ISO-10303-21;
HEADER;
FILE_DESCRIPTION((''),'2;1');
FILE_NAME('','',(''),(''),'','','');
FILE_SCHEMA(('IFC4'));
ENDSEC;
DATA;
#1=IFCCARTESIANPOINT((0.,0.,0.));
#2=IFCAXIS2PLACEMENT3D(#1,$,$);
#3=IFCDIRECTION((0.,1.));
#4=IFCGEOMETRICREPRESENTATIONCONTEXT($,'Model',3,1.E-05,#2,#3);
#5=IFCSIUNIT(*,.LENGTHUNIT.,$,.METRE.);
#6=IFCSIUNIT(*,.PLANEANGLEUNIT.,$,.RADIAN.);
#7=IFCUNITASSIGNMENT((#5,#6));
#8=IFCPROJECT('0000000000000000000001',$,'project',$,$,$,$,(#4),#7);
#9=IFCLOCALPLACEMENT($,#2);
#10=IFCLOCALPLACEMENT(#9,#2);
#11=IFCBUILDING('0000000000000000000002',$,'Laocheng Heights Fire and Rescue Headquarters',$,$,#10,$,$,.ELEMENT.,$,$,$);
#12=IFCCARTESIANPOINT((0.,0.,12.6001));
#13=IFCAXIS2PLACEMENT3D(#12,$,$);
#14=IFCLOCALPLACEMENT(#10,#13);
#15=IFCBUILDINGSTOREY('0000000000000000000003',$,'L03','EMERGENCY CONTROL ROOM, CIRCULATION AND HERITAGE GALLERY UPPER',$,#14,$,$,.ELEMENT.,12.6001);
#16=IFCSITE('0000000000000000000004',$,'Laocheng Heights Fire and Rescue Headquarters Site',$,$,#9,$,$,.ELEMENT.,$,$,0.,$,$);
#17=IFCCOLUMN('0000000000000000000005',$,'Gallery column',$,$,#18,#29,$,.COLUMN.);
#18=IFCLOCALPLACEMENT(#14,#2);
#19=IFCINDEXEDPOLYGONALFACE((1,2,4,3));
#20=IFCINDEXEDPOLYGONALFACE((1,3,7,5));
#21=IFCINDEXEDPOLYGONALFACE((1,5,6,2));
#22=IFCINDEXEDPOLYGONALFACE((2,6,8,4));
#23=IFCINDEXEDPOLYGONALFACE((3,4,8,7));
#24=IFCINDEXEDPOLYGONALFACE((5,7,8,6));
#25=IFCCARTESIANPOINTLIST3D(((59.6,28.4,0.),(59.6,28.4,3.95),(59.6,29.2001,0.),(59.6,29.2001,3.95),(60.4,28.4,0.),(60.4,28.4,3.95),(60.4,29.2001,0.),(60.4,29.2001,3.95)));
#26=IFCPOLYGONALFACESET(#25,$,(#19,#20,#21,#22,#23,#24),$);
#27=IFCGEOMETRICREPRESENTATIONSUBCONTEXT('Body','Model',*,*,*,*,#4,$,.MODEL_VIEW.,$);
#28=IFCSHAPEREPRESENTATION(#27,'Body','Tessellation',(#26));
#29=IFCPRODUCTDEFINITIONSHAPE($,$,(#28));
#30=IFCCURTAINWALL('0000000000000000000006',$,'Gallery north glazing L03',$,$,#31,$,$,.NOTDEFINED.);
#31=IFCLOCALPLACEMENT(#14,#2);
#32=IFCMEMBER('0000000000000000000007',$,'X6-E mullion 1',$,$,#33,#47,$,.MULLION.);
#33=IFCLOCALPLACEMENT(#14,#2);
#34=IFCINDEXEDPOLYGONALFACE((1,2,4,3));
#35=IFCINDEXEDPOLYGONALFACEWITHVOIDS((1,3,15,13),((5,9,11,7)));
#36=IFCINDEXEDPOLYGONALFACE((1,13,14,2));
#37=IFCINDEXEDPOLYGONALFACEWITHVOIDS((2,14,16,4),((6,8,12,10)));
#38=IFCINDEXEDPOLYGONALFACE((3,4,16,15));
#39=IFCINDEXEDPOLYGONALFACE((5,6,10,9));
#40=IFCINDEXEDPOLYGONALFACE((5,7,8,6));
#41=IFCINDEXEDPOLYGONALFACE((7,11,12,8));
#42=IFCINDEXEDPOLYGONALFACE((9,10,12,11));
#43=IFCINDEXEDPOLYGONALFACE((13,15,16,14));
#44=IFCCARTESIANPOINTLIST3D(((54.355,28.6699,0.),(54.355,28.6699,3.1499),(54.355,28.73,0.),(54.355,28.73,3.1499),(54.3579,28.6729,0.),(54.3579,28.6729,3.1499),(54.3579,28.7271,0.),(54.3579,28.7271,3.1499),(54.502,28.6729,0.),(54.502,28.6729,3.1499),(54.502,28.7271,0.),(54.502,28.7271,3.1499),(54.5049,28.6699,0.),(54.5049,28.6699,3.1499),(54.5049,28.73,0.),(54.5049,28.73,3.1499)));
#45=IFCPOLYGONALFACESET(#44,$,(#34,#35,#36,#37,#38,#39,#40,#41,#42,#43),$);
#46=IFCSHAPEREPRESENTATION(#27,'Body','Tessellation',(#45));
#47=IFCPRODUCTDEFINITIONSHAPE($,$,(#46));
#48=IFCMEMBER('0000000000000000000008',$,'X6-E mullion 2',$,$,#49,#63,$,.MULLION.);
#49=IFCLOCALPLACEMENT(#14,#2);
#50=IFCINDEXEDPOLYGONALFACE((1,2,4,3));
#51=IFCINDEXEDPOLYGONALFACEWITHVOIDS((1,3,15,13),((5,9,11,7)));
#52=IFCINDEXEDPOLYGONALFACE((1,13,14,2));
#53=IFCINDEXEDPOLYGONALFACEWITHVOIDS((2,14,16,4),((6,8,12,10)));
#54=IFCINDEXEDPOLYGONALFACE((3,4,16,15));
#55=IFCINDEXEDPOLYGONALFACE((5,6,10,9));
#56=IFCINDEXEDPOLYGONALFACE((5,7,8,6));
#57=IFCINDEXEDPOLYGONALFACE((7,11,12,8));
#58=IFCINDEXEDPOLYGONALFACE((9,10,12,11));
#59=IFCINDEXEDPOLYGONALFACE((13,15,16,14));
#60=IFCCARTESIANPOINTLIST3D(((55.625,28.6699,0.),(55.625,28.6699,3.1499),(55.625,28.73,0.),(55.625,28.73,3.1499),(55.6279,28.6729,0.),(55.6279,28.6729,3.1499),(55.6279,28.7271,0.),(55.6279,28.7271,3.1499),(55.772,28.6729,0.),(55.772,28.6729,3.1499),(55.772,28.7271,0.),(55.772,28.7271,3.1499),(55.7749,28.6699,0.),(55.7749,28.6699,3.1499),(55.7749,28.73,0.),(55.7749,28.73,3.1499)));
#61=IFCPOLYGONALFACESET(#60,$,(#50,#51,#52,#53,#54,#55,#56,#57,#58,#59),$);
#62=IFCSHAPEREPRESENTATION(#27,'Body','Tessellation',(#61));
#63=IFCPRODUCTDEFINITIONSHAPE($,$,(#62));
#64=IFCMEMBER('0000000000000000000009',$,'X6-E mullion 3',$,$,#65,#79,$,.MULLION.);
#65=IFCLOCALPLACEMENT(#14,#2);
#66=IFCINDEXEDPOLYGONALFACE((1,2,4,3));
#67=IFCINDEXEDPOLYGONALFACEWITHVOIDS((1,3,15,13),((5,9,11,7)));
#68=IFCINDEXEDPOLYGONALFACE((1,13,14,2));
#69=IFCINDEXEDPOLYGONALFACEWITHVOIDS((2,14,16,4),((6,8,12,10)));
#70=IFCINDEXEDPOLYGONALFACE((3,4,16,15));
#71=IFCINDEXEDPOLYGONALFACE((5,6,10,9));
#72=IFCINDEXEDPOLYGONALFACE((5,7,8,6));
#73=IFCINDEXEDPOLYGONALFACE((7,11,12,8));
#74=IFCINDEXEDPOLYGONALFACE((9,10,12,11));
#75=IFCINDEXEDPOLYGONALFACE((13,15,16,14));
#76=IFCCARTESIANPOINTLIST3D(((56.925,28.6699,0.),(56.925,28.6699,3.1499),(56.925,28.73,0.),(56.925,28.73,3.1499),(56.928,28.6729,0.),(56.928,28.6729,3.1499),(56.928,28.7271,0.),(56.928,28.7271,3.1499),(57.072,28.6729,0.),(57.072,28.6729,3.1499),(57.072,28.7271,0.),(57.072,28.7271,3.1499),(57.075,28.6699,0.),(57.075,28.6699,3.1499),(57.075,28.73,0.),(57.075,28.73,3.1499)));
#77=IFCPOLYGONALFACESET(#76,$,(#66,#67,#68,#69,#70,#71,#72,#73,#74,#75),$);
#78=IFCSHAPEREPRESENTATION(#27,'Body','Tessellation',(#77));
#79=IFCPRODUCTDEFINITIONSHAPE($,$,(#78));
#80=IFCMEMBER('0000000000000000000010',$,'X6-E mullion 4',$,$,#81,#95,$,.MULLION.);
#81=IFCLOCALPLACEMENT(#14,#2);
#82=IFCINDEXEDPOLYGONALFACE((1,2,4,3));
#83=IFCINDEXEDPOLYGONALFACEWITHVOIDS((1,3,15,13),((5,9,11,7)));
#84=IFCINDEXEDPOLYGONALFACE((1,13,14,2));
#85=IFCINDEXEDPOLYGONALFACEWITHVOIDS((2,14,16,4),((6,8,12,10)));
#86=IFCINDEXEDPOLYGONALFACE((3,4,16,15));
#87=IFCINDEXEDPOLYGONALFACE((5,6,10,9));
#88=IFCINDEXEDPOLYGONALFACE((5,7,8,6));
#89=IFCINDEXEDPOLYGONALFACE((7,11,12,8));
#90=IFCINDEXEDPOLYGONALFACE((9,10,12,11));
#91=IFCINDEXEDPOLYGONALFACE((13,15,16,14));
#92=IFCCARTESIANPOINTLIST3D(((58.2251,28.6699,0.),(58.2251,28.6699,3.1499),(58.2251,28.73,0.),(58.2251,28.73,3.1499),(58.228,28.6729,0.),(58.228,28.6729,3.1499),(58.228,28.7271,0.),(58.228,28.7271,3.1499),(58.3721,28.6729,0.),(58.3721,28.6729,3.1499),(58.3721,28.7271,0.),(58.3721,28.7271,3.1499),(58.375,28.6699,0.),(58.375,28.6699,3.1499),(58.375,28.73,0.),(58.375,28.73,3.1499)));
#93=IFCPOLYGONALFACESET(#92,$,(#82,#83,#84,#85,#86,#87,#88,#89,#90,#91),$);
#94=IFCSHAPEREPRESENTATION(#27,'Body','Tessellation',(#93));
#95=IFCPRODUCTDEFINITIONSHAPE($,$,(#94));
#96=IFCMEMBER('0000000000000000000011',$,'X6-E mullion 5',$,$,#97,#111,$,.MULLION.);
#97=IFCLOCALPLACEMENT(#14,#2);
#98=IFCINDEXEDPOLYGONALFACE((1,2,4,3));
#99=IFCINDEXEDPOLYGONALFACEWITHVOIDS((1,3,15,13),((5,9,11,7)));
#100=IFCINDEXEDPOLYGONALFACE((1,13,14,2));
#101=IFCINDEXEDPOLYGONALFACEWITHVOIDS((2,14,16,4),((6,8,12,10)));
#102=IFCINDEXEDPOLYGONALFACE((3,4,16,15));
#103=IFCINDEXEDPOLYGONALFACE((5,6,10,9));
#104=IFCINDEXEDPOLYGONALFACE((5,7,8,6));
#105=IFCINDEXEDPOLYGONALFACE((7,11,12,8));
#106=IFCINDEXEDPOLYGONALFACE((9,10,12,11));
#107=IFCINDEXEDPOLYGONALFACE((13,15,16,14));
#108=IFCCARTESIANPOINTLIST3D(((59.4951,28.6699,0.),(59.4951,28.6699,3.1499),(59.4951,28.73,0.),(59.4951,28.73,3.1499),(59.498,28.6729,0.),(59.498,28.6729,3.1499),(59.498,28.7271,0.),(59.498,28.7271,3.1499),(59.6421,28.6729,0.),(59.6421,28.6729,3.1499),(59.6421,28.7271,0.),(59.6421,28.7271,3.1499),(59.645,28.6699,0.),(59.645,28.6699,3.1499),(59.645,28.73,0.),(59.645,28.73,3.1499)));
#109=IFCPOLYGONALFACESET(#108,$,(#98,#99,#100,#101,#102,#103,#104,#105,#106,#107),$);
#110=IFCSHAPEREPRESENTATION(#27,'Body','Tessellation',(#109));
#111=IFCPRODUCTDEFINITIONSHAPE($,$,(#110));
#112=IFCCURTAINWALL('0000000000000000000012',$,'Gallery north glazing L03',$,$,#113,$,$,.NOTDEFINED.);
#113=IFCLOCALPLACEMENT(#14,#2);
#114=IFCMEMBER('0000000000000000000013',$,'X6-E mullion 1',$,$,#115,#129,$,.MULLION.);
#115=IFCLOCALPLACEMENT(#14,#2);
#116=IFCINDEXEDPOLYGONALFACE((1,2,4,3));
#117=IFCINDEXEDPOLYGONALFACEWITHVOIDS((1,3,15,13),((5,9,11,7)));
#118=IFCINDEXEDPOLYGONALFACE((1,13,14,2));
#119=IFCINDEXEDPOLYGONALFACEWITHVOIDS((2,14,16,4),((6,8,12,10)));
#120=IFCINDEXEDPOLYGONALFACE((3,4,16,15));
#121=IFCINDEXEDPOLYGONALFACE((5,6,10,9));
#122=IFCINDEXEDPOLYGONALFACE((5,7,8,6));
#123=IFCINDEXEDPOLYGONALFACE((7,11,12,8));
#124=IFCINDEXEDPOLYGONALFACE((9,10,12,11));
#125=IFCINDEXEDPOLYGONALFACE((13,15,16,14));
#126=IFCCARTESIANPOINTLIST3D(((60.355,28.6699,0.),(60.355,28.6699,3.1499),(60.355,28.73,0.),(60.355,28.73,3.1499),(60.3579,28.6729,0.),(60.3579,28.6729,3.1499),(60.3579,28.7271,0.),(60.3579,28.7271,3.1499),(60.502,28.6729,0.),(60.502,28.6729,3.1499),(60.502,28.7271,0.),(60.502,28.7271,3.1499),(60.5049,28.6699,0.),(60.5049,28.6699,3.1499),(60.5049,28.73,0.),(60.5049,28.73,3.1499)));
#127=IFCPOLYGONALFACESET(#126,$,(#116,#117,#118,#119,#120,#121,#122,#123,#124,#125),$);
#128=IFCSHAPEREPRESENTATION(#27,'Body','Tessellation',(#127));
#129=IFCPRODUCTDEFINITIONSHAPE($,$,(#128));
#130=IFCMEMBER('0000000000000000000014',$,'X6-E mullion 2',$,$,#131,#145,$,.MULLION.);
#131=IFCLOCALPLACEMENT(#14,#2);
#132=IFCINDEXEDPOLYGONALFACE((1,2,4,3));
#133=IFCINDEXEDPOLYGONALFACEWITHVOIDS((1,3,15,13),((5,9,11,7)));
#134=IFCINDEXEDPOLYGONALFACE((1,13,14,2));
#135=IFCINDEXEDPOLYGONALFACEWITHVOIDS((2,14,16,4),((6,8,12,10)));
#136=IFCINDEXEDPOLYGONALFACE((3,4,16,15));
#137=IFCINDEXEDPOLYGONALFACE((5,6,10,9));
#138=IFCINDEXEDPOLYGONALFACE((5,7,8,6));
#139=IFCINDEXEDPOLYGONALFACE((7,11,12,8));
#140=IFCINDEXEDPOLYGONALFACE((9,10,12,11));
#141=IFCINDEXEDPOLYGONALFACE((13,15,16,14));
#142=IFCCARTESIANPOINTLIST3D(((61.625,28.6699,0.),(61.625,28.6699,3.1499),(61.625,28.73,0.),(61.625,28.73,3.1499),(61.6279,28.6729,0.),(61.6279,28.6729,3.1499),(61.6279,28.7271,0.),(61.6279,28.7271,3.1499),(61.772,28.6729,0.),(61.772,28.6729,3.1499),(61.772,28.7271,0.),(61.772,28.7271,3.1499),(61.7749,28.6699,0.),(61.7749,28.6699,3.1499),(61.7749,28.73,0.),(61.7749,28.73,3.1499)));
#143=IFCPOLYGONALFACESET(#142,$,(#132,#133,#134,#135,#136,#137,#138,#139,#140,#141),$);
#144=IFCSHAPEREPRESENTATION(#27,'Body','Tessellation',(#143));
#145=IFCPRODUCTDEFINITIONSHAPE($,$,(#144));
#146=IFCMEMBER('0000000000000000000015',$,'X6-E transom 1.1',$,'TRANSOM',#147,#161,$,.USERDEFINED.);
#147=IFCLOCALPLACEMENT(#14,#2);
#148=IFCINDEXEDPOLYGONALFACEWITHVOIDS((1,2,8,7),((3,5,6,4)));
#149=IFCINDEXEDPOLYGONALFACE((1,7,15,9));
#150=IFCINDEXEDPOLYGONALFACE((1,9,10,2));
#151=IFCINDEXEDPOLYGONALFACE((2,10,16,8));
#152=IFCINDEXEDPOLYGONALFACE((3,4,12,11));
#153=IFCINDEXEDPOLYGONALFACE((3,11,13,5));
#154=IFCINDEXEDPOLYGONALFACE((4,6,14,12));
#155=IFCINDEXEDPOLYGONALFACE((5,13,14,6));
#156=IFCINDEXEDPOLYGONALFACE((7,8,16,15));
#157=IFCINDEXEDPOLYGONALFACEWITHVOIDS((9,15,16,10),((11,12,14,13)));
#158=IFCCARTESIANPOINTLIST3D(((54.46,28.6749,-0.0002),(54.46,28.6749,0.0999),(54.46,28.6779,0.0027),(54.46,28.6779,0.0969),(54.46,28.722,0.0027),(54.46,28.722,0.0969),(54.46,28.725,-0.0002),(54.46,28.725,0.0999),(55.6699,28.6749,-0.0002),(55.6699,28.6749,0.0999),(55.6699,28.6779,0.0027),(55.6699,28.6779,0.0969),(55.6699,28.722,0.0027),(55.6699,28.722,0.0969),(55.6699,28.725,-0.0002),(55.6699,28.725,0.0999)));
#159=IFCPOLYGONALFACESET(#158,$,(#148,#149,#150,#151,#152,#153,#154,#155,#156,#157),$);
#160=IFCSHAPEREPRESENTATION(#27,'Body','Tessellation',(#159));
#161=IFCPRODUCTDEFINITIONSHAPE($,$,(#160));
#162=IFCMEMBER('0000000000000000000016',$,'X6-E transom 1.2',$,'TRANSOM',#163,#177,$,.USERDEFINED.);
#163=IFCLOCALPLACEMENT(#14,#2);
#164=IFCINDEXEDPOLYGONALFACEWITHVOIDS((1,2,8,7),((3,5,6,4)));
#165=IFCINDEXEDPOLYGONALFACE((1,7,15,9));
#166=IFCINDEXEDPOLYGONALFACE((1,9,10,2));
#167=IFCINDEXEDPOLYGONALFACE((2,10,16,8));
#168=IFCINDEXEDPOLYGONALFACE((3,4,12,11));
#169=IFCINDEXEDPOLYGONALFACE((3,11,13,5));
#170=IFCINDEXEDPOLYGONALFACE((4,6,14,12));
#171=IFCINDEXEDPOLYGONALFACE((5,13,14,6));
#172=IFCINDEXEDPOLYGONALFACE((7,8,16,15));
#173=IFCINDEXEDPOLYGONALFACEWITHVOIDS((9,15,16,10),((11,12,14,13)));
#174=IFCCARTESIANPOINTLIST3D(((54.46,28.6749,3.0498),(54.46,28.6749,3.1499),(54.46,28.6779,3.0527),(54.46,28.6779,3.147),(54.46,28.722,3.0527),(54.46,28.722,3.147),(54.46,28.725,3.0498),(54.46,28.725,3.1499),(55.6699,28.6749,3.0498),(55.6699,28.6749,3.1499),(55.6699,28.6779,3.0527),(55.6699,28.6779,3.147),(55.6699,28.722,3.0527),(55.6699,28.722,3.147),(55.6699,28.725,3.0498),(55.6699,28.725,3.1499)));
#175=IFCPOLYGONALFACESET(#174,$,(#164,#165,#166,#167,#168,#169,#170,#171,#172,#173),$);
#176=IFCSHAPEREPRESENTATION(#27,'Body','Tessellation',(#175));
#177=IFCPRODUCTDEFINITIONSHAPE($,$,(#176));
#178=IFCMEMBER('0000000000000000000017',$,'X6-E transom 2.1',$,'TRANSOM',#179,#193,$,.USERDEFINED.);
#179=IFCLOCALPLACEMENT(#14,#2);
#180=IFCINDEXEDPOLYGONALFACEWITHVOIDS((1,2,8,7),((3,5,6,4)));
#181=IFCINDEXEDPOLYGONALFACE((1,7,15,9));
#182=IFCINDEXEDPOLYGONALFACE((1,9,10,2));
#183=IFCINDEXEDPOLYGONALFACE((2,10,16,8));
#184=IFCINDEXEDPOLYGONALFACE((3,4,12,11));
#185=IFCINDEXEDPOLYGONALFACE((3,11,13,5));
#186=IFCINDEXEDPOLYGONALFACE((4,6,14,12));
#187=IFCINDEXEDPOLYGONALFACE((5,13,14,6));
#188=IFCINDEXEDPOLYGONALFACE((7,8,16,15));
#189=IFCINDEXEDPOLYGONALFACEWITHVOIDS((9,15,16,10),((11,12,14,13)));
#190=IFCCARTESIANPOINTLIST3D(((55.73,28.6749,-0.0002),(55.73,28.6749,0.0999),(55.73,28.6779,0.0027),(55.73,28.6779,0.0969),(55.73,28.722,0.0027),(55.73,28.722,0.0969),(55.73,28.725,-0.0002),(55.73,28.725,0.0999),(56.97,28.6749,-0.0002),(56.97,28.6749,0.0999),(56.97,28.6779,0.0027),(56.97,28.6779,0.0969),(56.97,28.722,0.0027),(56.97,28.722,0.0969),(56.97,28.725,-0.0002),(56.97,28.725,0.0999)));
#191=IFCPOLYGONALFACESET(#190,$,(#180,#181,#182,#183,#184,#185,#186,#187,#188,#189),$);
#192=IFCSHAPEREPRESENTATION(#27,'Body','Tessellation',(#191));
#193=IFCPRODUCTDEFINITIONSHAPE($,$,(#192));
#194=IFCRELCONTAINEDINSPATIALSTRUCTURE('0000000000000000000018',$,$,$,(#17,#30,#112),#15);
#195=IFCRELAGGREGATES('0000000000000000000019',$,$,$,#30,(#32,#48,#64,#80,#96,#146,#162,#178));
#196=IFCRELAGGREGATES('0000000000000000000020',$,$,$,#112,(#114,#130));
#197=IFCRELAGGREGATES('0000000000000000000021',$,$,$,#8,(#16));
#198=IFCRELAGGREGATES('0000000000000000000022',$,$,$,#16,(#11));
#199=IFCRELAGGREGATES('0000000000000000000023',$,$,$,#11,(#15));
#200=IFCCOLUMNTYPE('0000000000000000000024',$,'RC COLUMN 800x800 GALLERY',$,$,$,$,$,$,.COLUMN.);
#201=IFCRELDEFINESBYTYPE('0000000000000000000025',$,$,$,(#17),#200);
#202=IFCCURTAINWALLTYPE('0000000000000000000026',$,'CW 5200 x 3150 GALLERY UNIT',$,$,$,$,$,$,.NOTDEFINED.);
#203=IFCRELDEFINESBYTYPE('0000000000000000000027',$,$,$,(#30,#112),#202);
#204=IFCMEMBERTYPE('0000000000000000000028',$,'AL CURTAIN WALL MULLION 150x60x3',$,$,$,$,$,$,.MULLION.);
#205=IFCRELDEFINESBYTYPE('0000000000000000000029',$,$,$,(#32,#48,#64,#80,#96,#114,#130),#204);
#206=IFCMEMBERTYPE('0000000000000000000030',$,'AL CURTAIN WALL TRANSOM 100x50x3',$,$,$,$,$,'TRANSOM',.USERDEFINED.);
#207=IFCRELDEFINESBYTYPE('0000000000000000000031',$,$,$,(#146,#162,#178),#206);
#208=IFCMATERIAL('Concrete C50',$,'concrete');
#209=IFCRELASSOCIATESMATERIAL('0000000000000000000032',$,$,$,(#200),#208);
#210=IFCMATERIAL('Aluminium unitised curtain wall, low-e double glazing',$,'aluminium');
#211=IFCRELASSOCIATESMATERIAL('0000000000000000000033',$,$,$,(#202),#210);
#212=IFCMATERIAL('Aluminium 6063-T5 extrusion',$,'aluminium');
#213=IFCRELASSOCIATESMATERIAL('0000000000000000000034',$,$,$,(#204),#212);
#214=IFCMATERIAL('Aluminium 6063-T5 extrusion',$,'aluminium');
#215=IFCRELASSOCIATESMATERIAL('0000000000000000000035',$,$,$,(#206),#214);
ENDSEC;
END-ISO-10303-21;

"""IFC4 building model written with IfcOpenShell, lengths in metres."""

from ifc_helpers import new_model, si_unit, direction, frame, origin, origin_2d, place, context, subcontext, project, spatial, rectangle, hollow_rectangle, extrude, material, material_profile, profile_set, type_object, element, aggregate, save


model = new_model("IFC4")

# Units and contexts
model_context = context("Model", 3, precision=1e-05, world=origin(), true_north=direction((0.0, 1.0)))
body_context = subcontext(model_context, "Body", "Model", "MODEL_VIEW")
ifc_project = project(units=[si_unit("LENGTHUNIT", "METRE"), si_unit("PLANEANGLEUNIT", "RADIAN")], contexts=[model_context])

# Site, building, storey
site_placement = place(None, origin())
site = spatial("IfcSite", under=ifc_project, at=site_placement, Name="Laocheng Heights Fire and Rescue Headquarters Site", CompositionType="ELEMENT", RefElevation=0.0)
building_placement = place(site_placement, origin())
building = spatial("IfcBuilding", under=site, at=building_placement, Name="Laocheng Heights Fire and Rescue Headquarters", CompositionType="ELEMENT")
storey_placement = place(building_placement, frame((0.0, 0.0, 12.6001)))
storey = spatial("IfcBuildingStorey", under=building, at=storey_placement, Name="L03", Description="EMERGENCY CONTROL ROOM, CIRCULATION AND HERITAGE GALLERY UPPER", CompositionType="ELEMENT", Elevation=12.6001)

# Column
ifc_material_1 = material(Name="Concrete C50", Category="concrete")
ifc_material_profile_1 = material_profile(ifc_material_1, rectangle(XDim=0.8, YDim=0.8, at=origin_2d()), Name="RC COLUMN 800x800 GALLERY")
ifc_profile_set_1 = profile_set([ifc_material_profile_1], Name="Concrete C50")
column_type = type_object("IfcColumnType", Name="RC COLUMN 800x800 GALLERY", PredefinedType="COLUMN", material=ifc_profile_set_1)
column_placement = place(storey_placement, frame((60.0, 28.8, 0.0), z_axis=(0.0, 0.0, 1.0), x_axis=(1.0, 0.0, 0.0)))
element("IfcColumn", 1, at=column_placement, inside=storey, type_object=column_type, Name="Gallery column", PredefinedType="COLUMN", context=body_context, shape_type="SweptSolid", body=[
    extrude(rectangle(XDim=0.8, YDim=0.8, at=origin_2d()), origin(), (0.0, 0.0, 1.0), 3.95),
])

# Curtain walls, members
ifc_material_2 = material(Name="Aluminium unitised curtain wall, low-e double glazing", Category="aluminium")
curtain_wall_type = type_object("IfcCurtainWallType", Name="CW 5200 x 3150 GALLERY UNIT", PredefinedType="NOTDEFINED", material=ifc_material_2)
curtain_wall_1_placement = place(storey_placement, origin())
curtain_wall_1 = element("IfcCurtainWall", 2, at=curtain_wall_1_placement, inside=storey, type_object=curtain_wall_type, Name="Gallery north glazing L03", PredefinedType="NOTDEFINED")
ifc_material_3 = material(Name="Aluminium 6063-T5 extrusion", Category="aluminium")
ifc_material_profile_2 = material_profile(ifc_material_3, hollow_rectangle(XDim=0.0601, YDim=0.1499, WallThickness=0.0029, at=origin_2d()), Name="AL MULLION 150x60x3")
ifc_profile_set_2 = profile_set([ifc_material_profile_2], Name="Aluminium 6063-T5 extrusion")
member_type_1 = type_object("IfcMemberType", Name="AL CURTAIN WALL MULLION 150x60x3", PredefinedType="MULLION", material=ifc_profile_set_2)
member_1_placement = place(storey_placement, frame((54.4299, 28.7, 0.0), z_axis=(0.0, 0.0, 1.0), x_axis=(0.0, 1.0, 0.0)))
member_1 = element("IfcMember", 3, at=member_1_placement, type_object=member_type_1, Name="X6-E mullion 1", PredefinedType="MULLION", context=body_context, shape_type="SweptSolid", body=[
    extrude(hollow_rectangle(XDim=0.0601, YDim=0.1499, WallThickness=0.0029, at=origin_2d()), origin(), (0.0, 0.0, 1.0), 3.1499),
])
member_2_placement = place(storey_placement, frame((55.7, 28.7, 0.0), z_axis=(0.0, 0.0, 1.0), x_axis=(0.0, 1.0, 0.0)))
member_2 = element("IfcMember", 4, at=member_2_placement, type_object=member_type_1, Name="X6-E mullion 2", PredefinedType="MULLION", context=body_context, shape_type="SweptSolid", body=[
    extrude(hollow_rectangle(XDim=0.0601, YDim=0.1499, WallThickness=0.0029, at=origin_2d()), origin(), (0.0, 0.0, 1.0), 3.1499),
])
member_3_placement = place(storey_placement, frame((57.0, 28.7, 0.0), z_axis=(0.0, 0.0, 1.0), x_axis=(0.0, 1.0, 0.0)))
member_3 = element("IfcMember", 5, at=member_3_placement, type_object=member_type_1, Name="X6-E mullion 3", PredefinedType="MULLION", context=body_context, shape_type="SweptSolid", body=[
    extrude(hollow_rectangle(XDim=0.0601, YDim=0.1499, WallThickness=0.0029, at=origin_2d()), origin(), (0.0, 0.0, 1.0), 3.1499),
])
member_4_placement = place(storey_placement, frame((58.3, 28.7, 0.0), z_axis=(0.0, 0.0, 1.0), x_axis=(0.0, 1.0, 0.0)))
member_4 = element("IfcMember", 6, at=member_4_placement, type_object=member_type_1, Name="X6-E mullion 4", PredefinedType="MULLION", context=body_context, shape_type="SweptSolid", body=[
    extrude(hollow_rectangle(XDim=0.0601, YDim=0.1499, WallThickness=0.0029, at=origin_2d()), origin(), (0.0, 0.0, 1.0), 3.1499),
])
member_5_placement = place(storey_placement, frame((59.5701, 28.7, 0.0), z_axis=(0.0, 0.0, 1.0), x_axis=(0.0, 1.0, 0.0)))
member_5 = element("IfcMember", 7, at=member_5_placement, type_object=member_type_1, Name="X6-E mullion 5", PredefinedType="MULLION", context=body_context, shape_type="SweptSolid", body=[
    extrude(hollow_rectangle(XDim=0.0601, YDim=0.1499, WallThickness=0.0029, at=origin_2d()), origin(), (0.0, 0.0, 1.0), 3.1499),
])
curtain_wall_2_placement = place(storey_placement, origin())
curtain_wall_2 = element("IfcCurtainWall", 8, at=curtain_wall_2_placement, inside=storey, type_object=curtain_wall_type, Name="Gallery north glazing L03", PredefinedType="NOTDEFINED")
member_6_placement = place(storey_placement, frame((60.4299, 28.7, 0.0), z_axis=(0.0, 0.0, 1.0), x_axis=(0.0, 1.0, 0.0)))
member_6 = element("IfcMember", 9, at=member_6_placement, type_object=member_type_1, Name="X6-E mullion 1", PredefinedType="MULLION", context=body_context, shape_type="SweptSolid", body=[
    extrude(hollow_rectangle(XDim=0.0601, YDim=0.1499, WallThickness=0.0029, at=origin_2d()), origin(), (0.0, 0.0, 1.0), 3.1499),
])
member_7_placement = place(storey_placement, frame((61.7, 28.7, 0.0), z_axis=(0.0, 0.0, 1.0), x_axis=(0.0, 1.0, 0.0)))
member_7 = element("IfcMember", 10, at=member_7_placement, type_object=member_type_1, Name="X6-E mullion 2", PredefinedType="MULLION", context=body_context, shape_type="SweptSolid", body=[
    extrude(hollow_rectangle(XDim=0.0601, YDim=0.1499, WallThickness=0.0029, at=origin_2d()), origin(), (0.0, 0.0, 1.0), 3.1499),
])

# Members
ifc_material_4 = material(Name="Aluminium 6063-T5 extrusion", Category="aluminium")
ifc_material_profile_3 = material_profile(ifc_material_4, hollow_rectangle(XDim=0.05, YDim=0.1001, WallThickness=0.0029, at=origin_2d()), Name="AL TRANSOM 100x50x3")
ifc_profile_set_3 = profile_set([ifc_material_profile_3], Name="Aluminium 6063-T5 extrusion")
member_type_2 = type_object("IfcMemberType", Name="AL CURTAIN WALL TRANSOM 100x50x3", ElementType="TRANSOM", PredefinedType="USERDEFINED", material=ifc_profile_set_3)
member_8_placement = place(storey_placement, frame((54.46, 28.7, 0.0498), z_axis=(1.0, 0.0, 0.0), x_axis=(0.0, 1.0, 0.0)))
member_8 = element("IfcMember", 11, at=member_8_placement, type_object=member_type_2, Name="X6-E transom 1.1", ObjectType="TRANSOM", PredefinedType="USERDEFINED", context=body_context, shape_type="SweptSolid", body=[
    extrude(hollow_rectangle(XDim=0.05, YDim=0.1001, WallThickness=0.0029, at=origin_2d()), origin(), (0.0, 0.0, 1.0), 1.21),
])
member_9_placement = place(storey_placement, frame((54.46, 28.7, 3.0999), z_axis=(1.0, 0.0, 0.0), x_axis=(0.0, 1.0, 0.0)))
member_9 = element("IfcMember", 12, at=member_9_placement, type_object=member_type_2, Name="X6-E transom 1.2", ObjectType="TRANSOM", PredefinedType="USERDEFINED", context=body_context, shape_type="SweptSolid", body=[
    extrude(hollow_rectangle(XDim=0.05, YDim=0.1001, WallThickness=0.0029, at=origin_2d()), origin(), (0.0, 0.0, 1.0), 1.21),
])
member_10_placement = place(storey_placement, frame((55.73, 28.7, 0.0498), z_axis=(1.0, 0.0, 0.0), x_axis=(0.0, 1.0, 0.0)))
member_10 = element("IfcMember", 13, at=member_10_placement, type_object=member_type_2, Name="X6-E transom 2.1", ObjectType="TRANSOM", PredefinedType="USERDEFINED", context=body_context, shape_type="SweptSolid", body=[
    extrude(hollow_rectangle(XDim=0.05, YDim=0.1001, WallThickness=0.0029, at=origin_2d()), origin(), (0.0, 0.0, 1.0), 1.24),
])

aggregate(curtain_wall_1, [member_1, member_2, member_3, member_4, member_5, member_8, member_9, member_10])
aggregate(curtain_wall_2, [member_6, member_7])

save(model, "model.ifc")
